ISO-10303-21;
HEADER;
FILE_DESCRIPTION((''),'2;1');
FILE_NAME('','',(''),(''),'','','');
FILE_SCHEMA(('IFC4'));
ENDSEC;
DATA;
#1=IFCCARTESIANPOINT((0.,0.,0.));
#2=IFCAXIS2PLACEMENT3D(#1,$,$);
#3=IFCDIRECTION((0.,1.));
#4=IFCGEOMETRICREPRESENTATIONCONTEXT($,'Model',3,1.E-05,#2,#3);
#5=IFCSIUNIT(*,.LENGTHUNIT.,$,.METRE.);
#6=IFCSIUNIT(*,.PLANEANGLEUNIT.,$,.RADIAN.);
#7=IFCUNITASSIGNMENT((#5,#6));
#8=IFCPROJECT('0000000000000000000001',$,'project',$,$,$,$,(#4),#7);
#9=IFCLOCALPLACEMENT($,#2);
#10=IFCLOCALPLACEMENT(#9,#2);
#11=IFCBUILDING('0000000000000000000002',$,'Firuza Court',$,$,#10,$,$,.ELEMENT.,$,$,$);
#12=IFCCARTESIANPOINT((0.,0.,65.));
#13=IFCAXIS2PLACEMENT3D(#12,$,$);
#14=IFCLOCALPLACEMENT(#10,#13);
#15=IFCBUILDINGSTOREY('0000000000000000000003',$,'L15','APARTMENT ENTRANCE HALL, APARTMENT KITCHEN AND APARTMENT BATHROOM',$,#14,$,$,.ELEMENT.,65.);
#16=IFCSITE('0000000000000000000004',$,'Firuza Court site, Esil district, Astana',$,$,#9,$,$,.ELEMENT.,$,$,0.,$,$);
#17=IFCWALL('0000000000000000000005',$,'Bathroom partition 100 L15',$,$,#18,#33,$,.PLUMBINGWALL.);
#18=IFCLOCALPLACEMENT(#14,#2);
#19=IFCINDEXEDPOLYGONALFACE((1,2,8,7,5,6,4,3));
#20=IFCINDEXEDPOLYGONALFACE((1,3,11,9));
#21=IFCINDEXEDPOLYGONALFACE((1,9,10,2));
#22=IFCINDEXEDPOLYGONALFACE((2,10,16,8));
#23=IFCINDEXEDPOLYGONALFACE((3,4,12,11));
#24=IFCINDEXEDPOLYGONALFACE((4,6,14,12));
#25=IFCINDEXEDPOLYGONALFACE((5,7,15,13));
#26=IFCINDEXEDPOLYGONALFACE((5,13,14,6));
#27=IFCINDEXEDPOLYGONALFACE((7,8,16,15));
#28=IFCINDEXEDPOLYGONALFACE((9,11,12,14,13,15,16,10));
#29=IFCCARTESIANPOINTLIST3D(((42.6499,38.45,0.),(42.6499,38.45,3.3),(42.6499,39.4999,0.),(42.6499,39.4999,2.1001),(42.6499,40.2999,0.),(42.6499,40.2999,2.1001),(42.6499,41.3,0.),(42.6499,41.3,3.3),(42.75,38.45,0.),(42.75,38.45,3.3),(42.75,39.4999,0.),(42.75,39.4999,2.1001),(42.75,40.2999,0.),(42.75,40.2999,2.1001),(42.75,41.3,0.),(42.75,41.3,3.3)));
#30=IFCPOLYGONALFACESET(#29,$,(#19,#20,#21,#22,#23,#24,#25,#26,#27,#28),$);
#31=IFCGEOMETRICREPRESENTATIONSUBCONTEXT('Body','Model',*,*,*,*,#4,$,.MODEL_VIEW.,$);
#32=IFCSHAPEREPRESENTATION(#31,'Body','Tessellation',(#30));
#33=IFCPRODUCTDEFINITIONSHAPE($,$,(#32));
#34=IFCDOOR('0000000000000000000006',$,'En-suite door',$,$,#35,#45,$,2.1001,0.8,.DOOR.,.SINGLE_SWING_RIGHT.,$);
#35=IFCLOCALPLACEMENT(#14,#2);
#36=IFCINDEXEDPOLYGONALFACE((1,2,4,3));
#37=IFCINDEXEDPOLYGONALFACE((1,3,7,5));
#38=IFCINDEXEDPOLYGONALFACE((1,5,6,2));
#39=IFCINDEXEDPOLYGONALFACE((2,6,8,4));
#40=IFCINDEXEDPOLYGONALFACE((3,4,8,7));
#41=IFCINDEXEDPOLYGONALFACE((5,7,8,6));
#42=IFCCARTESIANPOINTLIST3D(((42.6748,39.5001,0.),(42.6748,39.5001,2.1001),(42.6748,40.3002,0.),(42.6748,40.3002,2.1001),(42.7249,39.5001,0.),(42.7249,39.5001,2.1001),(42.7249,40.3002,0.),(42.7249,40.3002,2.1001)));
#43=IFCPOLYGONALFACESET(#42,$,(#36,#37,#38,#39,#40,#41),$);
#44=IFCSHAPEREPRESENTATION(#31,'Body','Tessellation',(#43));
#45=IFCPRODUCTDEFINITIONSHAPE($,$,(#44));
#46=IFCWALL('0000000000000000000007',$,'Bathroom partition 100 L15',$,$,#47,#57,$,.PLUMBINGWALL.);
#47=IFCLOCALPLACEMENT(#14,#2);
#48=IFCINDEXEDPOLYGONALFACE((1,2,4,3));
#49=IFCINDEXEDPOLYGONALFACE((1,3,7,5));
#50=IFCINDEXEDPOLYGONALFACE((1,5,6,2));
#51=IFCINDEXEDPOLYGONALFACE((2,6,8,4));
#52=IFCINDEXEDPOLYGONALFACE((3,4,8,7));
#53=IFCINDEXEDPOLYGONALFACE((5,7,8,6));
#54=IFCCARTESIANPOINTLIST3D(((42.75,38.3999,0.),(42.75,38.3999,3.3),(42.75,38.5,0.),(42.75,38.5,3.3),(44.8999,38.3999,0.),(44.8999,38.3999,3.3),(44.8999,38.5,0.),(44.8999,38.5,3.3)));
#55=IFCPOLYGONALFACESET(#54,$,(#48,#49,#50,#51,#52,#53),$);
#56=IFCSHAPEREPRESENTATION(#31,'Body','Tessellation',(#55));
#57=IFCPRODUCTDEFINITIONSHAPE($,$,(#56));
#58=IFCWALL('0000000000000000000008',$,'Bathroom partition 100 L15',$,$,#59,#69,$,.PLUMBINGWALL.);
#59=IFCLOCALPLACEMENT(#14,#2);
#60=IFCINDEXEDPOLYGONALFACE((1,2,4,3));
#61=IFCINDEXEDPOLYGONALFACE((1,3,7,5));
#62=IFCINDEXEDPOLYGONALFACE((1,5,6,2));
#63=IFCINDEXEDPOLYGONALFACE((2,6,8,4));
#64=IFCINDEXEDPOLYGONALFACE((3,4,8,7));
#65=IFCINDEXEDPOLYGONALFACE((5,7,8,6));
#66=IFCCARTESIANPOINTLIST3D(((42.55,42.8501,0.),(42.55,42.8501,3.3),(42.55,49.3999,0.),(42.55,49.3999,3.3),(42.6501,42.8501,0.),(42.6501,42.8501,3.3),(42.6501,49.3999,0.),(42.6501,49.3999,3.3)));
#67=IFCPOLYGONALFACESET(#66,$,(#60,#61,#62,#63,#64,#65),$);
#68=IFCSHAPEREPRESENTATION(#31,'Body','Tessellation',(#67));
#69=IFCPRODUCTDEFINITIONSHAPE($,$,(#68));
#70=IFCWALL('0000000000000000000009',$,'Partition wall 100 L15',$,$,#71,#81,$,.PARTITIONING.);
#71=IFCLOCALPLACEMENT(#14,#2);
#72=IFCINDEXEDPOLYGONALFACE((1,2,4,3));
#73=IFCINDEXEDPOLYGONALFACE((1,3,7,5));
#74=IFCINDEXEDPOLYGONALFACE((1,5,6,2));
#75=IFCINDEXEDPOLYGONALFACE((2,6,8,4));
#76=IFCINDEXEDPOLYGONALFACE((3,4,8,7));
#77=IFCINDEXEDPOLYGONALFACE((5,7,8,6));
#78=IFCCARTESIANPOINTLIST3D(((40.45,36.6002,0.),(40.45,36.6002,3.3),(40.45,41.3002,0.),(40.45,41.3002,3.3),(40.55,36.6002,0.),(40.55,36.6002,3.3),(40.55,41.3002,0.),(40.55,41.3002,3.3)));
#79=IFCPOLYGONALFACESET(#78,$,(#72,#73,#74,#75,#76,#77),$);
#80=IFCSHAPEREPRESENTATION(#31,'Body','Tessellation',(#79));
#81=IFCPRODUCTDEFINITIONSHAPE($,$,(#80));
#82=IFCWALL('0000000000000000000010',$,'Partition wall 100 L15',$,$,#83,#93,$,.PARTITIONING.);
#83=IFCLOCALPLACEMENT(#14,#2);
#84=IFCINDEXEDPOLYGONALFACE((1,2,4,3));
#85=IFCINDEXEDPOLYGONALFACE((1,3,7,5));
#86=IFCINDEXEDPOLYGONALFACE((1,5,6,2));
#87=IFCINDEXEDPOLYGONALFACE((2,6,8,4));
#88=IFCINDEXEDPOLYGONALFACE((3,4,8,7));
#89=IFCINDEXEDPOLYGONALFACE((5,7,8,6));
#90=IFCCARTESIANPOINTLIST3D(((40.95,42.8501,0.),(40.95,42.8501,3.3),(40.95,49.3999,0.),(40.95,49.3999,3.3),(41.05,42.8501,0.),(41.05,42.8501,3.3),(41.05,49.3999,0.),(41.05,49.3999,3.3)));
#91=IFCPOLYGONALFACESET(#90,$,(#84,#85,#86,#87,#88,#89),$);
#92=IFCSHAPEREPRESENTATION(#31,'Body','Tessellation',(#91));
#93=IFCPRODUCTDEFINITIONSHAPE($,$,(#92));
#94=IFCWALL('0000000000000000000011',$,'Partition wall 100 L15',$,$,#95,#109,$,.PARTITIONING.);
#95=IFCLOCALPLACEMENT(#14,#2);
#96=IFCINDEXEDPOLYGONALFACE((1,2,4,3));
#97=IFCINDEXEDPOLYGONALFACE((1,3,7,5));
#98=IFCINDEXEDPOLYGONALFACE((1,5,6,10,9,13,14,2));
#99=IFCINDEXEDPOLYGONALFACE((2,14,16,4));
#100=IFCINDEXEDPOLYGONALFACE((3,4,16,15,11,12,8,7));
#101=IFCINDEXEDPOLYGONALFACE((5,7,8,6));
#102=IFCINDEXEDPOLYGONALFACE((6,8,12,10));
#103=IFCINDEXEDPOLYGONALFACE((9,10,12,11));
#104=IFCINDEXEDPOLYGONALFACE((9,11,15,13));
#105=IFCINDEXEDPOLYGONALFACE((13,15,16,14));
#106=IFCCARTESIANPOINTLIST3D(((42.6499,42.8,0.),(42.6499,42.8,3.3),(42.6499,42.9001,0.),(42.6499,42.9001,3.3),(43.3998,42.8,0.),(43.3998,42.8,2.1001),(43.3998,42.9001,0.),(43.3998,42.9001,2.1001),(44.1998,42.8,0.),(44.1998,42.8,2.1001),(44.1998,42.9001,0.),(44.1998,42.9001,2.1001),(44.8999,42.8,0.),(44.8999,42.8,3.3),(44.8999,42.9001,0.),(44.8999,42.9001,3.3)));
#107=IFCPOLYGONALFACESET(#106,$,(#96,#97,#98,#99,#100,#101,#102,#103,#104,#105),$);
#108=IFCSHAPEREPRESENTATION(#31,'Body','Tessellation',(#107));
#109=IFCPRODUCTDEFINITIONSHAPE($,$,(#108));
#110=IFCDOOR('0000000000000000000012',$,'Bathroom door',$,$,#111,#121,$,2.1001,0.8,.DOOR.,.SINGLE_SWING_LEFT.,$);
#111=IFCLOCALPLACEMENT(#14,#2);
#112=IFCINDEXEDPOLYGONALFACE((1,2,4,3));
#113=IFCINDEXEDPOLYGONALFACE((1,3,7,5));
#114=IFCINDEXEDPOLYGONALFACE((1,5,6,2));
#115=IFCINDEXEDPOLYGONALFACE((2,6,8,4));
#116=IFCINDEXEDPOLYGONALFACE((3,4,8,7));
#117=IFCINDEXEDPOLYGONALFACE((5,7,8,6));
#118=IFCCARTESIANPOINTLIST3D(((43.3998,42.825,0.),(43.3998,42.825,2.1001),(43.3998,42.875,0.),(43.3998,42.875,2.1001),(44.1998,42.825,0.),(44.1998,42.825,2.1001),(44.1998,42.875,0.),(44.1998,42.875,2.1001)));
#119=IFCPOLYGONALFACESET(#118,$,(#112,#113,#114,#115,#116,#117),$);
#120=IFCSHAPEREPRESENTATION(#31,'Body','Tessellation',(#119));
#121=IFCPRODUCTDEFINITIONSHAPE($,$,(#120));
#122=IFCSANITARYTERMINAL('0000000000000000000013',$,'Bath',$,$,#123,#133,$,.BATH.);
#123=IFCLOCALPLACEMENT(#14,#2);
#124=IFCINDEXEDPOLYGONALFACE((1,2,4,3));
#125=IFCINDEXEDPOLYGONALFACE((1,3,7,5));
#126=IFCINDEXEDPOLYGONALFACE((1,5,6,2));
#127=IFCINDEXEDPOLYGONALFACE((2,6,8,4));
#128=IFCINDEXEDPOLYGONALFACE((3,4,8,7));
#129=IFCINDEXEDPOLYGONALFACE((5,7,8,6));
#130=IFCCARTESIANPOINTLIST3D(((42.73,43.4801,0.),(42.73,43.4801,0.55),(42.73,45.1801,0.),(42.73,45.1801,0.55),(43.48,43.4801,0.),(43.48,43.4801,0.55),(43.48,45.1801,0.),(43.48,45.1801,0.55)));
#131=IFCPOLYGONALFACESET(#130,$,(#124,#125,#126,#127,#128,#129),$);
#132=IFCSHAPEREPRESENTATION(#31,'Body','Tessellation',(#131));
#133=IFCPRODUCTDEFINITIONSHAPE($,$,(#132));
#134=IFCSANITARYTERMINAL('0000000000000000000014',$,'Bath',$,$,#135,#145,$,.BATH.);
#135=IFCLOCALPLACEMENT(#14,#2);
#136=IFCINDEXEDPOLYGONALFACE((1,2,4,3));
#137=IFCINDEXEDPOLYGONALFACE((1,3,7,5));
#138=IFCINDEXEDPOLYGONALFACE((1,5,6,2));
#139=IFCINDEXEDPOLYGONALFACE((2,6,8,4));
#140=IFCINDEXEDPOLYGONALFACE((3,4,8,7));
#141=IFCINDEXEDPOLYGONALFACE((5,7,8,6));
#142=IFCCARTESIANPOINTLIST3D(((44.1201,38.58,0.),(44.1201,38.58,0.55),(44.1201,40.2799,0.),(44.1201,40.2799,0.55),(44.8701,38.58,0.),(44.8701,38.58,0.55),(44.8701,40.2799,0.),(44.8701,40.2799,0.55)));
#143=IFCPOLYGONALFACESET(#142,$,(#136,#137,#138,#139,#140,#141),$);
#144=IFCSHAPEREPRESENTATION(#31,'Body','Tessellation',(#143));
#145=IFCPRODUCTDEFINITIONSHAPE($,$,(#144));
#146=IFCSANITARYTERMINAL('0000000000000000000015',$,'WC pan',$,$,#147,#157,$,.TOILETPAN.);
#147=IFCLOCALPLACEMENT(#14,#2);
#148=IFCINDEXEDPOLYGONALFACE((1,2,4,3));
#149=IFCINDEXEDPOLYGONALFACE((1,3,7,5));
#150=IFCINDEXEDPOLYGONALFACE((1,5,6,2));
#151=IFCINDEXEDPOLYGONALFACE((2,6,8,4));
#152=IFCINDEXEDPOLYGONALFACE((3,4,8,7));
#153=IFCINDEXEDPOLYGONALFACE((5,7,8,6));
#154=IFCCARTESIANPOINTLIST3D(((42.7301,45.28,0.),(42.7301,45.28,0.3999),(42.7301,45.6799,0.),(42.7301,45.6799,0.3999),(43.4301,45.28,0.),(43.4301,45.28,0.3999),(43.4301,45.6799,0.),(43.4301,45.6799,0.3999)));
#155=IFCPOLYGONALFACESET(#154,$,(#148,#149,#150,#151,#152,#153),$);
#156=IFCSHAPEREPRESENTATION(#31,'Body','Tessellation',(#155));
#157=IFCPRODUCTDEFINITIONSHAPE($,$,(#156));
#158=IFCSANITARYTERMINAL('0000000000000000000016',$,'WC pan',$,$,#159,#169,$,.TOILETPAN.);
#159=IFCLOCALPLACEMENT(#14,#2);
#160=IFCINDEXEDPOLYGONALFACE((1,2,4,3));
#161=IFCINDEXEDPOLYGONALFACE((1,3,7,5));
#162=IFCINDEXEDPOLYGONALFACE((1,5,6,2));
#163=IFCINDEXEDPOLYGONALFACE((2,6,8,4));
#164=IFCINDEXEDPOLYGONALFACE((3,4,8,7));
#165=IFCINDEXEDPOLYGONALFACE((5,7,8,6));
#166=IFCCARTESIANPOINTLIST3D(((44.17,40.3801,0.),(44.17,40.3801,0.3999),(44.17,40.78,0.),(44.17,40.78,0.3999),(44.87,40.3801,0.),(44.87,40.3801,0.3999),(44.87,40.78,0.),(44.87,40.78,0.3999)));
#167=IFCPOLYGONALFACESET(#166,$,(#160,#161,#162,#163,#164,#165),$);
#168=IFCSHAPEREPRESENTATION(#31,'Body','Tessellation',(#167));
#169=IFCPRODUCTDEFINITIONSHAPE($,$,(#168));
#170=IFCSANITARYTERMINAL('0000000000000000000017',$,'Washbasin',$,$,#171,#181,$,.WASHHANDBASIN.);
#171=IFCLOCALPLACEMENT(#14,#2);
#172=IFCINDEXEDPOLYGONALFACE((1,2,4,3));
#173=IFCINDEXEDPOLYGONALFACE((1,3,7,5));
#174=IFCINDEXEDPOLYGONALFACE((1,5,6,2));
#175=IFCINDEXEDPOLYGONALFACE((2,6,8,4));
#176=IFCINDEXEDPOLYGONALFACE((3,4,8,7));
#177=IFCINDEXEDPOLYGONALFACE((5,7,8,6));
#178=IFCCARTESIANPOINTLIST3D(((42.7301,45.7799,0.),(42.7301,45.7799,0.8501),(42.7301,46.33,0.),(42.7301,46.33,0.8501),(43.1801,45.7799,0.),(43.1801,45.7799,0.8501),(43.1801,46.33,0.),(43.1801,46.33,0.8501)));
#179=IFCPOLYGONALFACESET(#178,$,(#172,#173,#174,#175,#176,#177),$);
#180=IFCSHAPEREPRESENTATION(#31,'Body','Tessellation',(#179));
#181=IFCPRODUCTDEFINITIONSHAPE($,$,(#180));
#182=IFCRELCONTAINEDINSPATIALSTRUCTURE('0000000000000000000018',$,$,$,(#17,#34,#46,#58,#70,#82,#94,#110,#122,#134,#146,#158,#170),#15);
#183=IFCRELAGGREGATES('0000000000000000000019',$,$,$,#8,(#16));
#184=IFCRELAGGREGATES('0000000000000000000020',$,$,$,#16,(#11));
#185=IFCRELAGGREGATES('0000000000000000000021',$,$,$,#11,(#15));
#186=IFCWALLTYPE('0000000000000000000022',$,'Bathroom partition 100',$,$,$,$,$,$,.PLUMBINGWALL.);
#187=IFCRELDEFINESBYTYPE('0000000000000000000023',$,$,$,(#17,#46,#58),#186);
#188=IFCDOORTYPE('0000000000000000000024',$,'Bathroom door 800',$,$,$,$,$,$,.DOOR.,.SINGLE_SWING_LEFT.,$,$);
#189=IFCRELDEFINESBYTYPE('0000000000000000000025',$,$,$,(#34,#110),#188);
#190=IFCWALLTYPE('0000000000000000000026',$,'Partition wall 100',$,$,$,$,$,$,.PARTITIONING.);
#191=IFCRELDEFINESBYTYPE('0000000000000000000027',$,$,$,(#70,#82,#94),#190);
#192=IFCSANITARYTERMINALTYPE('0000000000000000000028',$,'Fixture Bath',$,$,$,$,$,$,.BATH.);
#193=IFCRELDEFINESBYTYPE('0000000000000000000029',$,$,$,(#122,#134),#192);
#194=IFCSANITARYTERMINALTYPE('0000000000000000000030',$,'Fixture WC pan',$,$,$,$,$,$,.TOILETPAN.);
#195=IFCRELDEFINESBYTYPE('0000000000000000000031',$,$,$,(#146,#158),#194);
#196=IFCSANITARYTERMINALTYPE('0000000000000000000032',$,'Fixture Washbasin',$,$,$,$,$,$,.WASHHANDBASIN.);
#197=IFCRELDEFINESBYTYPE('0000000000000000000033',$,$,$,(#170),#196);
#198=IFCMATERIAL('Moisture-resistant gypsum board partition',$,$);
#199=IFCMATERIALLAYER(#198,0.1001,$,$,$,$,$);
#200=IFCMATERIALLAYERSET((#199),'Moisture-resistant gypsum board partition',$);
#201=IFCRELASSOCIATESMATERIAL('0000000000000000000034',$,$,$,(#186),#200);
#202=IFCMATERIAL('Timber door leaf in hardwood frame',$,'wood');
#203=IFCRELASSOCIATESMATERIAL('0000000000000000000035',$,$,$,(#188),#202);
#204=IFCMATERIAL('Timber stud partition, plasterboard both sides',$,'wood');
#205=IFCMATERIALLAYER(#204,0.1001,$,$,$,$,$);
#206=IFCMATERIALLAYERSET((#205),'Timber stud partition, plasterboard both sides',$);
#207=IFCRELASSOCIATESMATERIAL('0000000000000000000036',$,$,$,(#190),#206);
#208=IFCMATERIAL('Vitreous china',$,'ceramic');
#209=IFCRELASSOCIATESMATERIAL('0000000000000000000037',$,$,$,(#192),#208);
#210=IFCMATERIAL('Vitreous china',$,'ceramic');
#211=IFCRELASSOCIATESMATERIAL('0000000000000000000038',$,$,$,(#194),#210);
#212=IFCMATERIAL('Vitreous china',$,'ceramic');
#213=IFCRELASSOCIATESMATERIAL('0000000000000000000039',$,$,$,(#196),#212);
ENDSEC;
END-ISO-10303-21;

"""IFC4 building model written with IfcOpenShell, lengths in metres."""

from ifc_helpers import new_model, si_unit, direction, frame, frame_2d, origin, origin_2d, place, context, subcontext, project, spatial, rectangle, extrude, material, layer, layer_set, type_object, element, fill, save


model = new_model("IFC4")

# Units and contexts
model_context = context("Model", 3, precision=1e-05, world=origin(), true_north=direction((0.0, 1.0)))
body_context = subcontext(model_context, "Body", "Model", "MODEL_VIEW")
ifc_project = project(units=[si_unit("LENGTHUNIT", "METRE"), si_unit("PLANEANGLEUNIT", "RADIAN")], contexts=[model_context])

# Site, building, storey
site_placement = place(None, origin())
site = spatial("IfcSite", under=ifc_project, at=site_placement, Name="Firuza Court site, Esil district, Astana", CompositionType="ELEMENT", RefElevation=0.0)
building_placement = place(site_placement, origin())
building = spatial("IfcBuilding", under=site, at=building_placement, Name="Firuza Court", CompositionType="ELEMENT")
storey_placement = place(building_placement, frame((0.0, 0.0, 65.0)))
storey = spatial("IfcBuildingStorey", under=building, at=storey_placement, Name="L15", Description="APARTMENT ENTRANCE HALL, APARTMENT KITCHEN AND APARTMENT BATHROOM", CompositionType="ELEMENT", Elevation=65.0)

# Wall, opening, door
ifc_material_1 = material(Name="Moisture-resistant gypsum board partition")
ifc_layer_1 = layer(ifc_material_1, 0.1001)
ifc_layer_set_1 = layer_set([ifc_layer_1], Name="Moisture-resistant gypsum board partition")
wall_type_1 = type_object("IfcWallType", Name="Bathroom partition 100", PredefinedType="PLUMBINGWALL", material=ifc_layer_set_1)
wall_1_placement = place(storey_placement, frame((42.7, 38.45, 0.0), z_axis=(0.0, 0.0, 1.0), x_axis=(0.0, 1.0, 0.0)))
wall_1 = element("IfcWall", 1, at=wall_1_placement, inside=storey, type_object=wall_type_1, Name="Bathroom partition 100 L15", PredefinedType="PLUMBINGWALL", context=body_context, shape_type="SweptSolid", body=[
    extrude(rectangle(XDim=2.8501, YDim=0.1001, at=frame_2d((1.425, 0.0))), origin(), (0.0, 0.0, 1.0), 3.3),
])
opening_1_placement = place(wall_1_placement, frame((1.05, 0.0, 0.0)))
opening_1 = element("IfcOpeningElement", 2, at=opening_1_placement, cuts=wall_1, PredefinedType="OPENING", context=body_context, shape_type="SweptSolid", body=[
    extrude(rectangle(XDim=0.8, YDim=2.1001, at=frame_2d((0.3999, 1.05))), frame((0.0, 0.062, 0.0), z_axis=(0.0, -1.0, 0.0), x_axis=(1.0, 0.0, 0.0)), (0.0, 0.0, 1.0), 0.124),
])
ifc_material_2 = material(Name="Timber door leaf in hardwood frame", Category="wood")
door_type = type_object("IfcDoorType", Name="Bathroom door 800", OperationType="SINGLE_SWING_LEFT", PredefinedType="DOOR", material=ifc_material_2)
door_1_placement = place(opening_1_placement, frame((0.8, 0.0, 0.0), z_axis=(0.0, 0.0, 1.0), x_axis=(-1.0, 0.0, 0.0)))
door_1 = element("IfcDoor", 3, at=door_1_placement, inside=storey, type_object=door_type, Name="En-suite door", OperationType="SINGLE_SWING_RIGHT", OverallHeight=2.1001, OverallWidth=0.8, PredefinedType="DOOR", context=body_context, shape_type="SweptSolid", body=[
    extrude(rectangle(XDim=0.8, YDim=2.1001, at=frame_2d((0.3999, 1.05))), frame((0.0, 0.0249, 0.0), z_axis=(0.0, -1.0, 0.0), x_axis=(1.0, 0.0, 0.0)), (0.0, 0.0, 1.0), 0.05),
])
fill(opening_1, door_1)

# Walls
wall_2_placement = place(storey_placement, frame((42.75, 38.45, 0.0), z_axis=(0.0, 0.0, 1.0), x_axis=(1.0, 0.0, 0.0)))
element("IfcWall", 4, at=wall_2_placement, inside=storey, type_object=wall_type_1, Name="Bathroom partition 100 L15", PredefinedType="PLUMBINGWALL", context=body_context, shape_type="SweptSolid", body=[
    extrude(rectangle(XDim=2.1499, YDim=0.1001, at=frame_2d((1.075, 0.0))), origin(), (0.0, 0.0, 1.0), 3.3),
])
wall_3_placement = place(storey_placement, frame((42.6001, 42.8501, 0.0), z_axis=(0.0, 0.0, 1.0), x_axis=(0.0, 1.0, 0.0)))
element("IfcWall", 5, at=wall_3_placement, inside=storey, type_object=wall_type_1, Name="Bathroom partition 100 L15", PredefinedType="PLUMBINGWALL", context=body_context, shape_type="SweptSolid", body=[
    extrude(rectangle(XDim=6.5498, YDim=0.1001, at=frame_2d((3.2749, 0.0))), origin(), (0.0, 0.0, 1.0), 3.3),
])
ifc_material_3 = material(Name="Timber stud partition, plasterboard both sides", Category="wood")
ifc_layer_2 = layer(ifc_material_3, 0.1001)
ifc_layer_set_2 = layer_set([ifc_layer_2], Name="Timber stud partition, plasterboard both sides")
wall_type_2 = type_object("IfcWallType", Name="Partition wall 100", PredefinedType="PARTITIONING", material=ifc_layer_set_2)
wall_4_placement = place(storey_placement, frame((40.5, 36.6001, 0.0), z_axis=(0.0, 0.0, 1.0), x_axis=(0.0, 1.0, 0.0)))
element("IfcWall", 6, at=wall_4_placement, inside=storey, type_object=wall_type_2, Name="Partition wall 100 L15", PredefinedType="PARTITIONING", context=body_context, shape_type="SweptSolid", body=[
    extrude(rectangle(XDim=4.7, YDim=0.1001, at=frame_2d((2.3501, 0.0))), origin(), (0.0, 0.0, 1.0), 3.3),
])
wall_5_placement = place(storey_placement, frame((41.0, 42.8501, 0.0), z_axis=(0.0, 0.0, 1.0), x_axis=(0.0, 1.0, 0.0)))
element("IfcWall", 7, at=wall_5_placement, inside=storey, type_object=wall_type_2, Name="Partition wall 100 L15", PredefinedType="PARTITIONING", context=body_context, shape_type="SweptSolid", body=[
    extrude(rectangle(XDim=6.5498, YDim=0.1001, at=frame_2d((3.2749, 0.0))), origin(), (0.0, 0.0, 1.0), 3.3),
])

# Wall, opening, door
wall_6_placement = place(storey_placement, frame((42.6499, 42.8501, 0.0), z_axis=(0.0, 0.0, 1.0), x_axis=(1.0, 0.0, 0.0)))
wall_6 = element("IfcWall", 8, at=wall_6_placement, inside=storey, type_object=wall_type_2, Name="Partition wall 100 L15", PredefinedType="PARTITIONING", context=body_context, shape_type="SweptSolid", body=[
    extrude(rectangle(XDim=2.25, YDim=0.1001, at=frame_2d((1.125, 0.0))), origin(), (0.0, 0.0, 1.0), 3.3),
])
opening_2_placement = place(wall_6_placement, frame((0.75, 0.0, 0.0)))
opening_2 = element("IfcOpeningElement", 9, at=opening_2_placement, cuts=wall_6, PredefinedType="OPENING", context=body_context, shape_type="SweptSolid", body=[
    extrude(rectangle(XDim=0.8, YDim=2.1001, at=frame_2d((0.3999, 1.05))), frame((0.0, 0.062, 0.0), z_axis=(0.0, -1.0, 0.0), x_axis=(1.0, 0.0, 0.0)), (0.0, 0.0, 1.0), 0.124),
])
door_2_placement = place(opening_2_placement, origin())
door_2 = element("IfcDoor", 10, at=door_2_placement, inside=storey, type_object=door_type, Name="Bathroom door", OperationType="SINGLE_SWING_LEFT", OverallHeight=2.1001, OverallWidth=0.8, PredefinedType="DOOR", context=body_context, shape_type="SweptSolid", body=[
    extrude(rectangle(XDim=0.8, YDim=2.1001, at=frame_2d((0.3999, 1.05))), frame((0.0, 0.0249, 0.0), z_axis=(0.0, -1.0, 0.0), x_axis=(1.0, 0.0, 0.0)), (0.0, 0.0, 1.0), 0.05),
])
fill(opening_2, door_2)

# Sanitary terminals
ifc_material_4 = material(Name="Vitreous china", Category="ceramic")
sanitary_terminal_type_1 = type_object("IfcSanitaryTerminalType", Name="Fixture Bath", PredefinedType="BATH", material=ifc_material_4)
for number, where, z_axis, x_axis, name in (
    (11, (43.105, 44.3301, 0.0), (0.0, 0.0, 1.0), (1.0, 0.0, 0.0), "Bath"),
    (12, (44.4951, 39.4299, 0.0), (0.0, 0.0, 1.0), (1.0, 0.0, 0.0), "Bath"),
):
    element("IfcSanitaryTerminal", number, at=place(storey_placement, frame(where, z_axis=z_axis, x_axis=x_axis)), inside=storey, type_object=sanitary_terminal_type_1, Name=name, PredefinedType="BATH", context=body_context, shape_type="SweptSolid", body=[
        extrude(rectangle(XDim=0.75, YDim=1.7, at=origin_2d()), origin(), (0.0, 0.0, 1.0), 0.55),
    ])
ifc_material_5 = material(Name="Vitreous china", Category="ceramic")
sanitary_terminal_type_2 = type_object("IfcSanitaryTerminalType", Name="Fixture WC pan", PredefinedType="TOILETPAN", material=ifc_material_5)
for number, where, z_axis, x_axis, name in (
    (13, (43.0801, 45.48, 0.0), (0.0, 0.0, 1.0), (1.0, 0.0, 0.0), "WC pan"),
    (14, (44.52, 40.5801, 0.0), (0.0, 0.0, 1.0), (1.0, 0.0, 0.0), "WC pan"),
):
    element("IfcSanitaryTerminal", number, at=place(storey_placement, frame(where, z_axis=z_axis, x_axis=x_axis)), inside=storey, type_object=sanitary_terminal_type_2, Name=name, PredefinedType="TOILETPAN", context=body_context, shape_type="SweptSolid", body=[
        extrude(rectangle(XDim=0.7, YDim=0.3999, at=origin_2d()), origin(), (0.0, 0.0, 1.0), 0.3999),
    ])
ifc_material_6 = material(Name="Vitreous china", Category="ceramic")
sanitary_terminal_type_3 = type_object("IfcSanitaryTerminalType", Name="Fixture Washbasin", PredefinedType="WASHHANDBASIN", material=ifc_material_6)
sanitary_terminal_1_placement = place(storey_placement, frame((42.9551, 46.0549, 0.0), z_axis=(0.0, 0.0, 1.0), x_axis=(1.0, 0.0, 0.0)))
element("IfcSanitaryTerminal", 15, at=sanitary_terminal_1_placement, inside=storey, type_object=sanitary_terminal_type_3, Name="Washbasin", PredefinedType="WASHHANDBASIN", context=body_context, shape_type="SweptSolid", body=[
    extrude(rectangle(XDim=0.45, YDim=0.55, at=origin_2d()), origin(), (0.0, 0.0, 1.0), 0.8501),
])

save(model, "model.ifc")
